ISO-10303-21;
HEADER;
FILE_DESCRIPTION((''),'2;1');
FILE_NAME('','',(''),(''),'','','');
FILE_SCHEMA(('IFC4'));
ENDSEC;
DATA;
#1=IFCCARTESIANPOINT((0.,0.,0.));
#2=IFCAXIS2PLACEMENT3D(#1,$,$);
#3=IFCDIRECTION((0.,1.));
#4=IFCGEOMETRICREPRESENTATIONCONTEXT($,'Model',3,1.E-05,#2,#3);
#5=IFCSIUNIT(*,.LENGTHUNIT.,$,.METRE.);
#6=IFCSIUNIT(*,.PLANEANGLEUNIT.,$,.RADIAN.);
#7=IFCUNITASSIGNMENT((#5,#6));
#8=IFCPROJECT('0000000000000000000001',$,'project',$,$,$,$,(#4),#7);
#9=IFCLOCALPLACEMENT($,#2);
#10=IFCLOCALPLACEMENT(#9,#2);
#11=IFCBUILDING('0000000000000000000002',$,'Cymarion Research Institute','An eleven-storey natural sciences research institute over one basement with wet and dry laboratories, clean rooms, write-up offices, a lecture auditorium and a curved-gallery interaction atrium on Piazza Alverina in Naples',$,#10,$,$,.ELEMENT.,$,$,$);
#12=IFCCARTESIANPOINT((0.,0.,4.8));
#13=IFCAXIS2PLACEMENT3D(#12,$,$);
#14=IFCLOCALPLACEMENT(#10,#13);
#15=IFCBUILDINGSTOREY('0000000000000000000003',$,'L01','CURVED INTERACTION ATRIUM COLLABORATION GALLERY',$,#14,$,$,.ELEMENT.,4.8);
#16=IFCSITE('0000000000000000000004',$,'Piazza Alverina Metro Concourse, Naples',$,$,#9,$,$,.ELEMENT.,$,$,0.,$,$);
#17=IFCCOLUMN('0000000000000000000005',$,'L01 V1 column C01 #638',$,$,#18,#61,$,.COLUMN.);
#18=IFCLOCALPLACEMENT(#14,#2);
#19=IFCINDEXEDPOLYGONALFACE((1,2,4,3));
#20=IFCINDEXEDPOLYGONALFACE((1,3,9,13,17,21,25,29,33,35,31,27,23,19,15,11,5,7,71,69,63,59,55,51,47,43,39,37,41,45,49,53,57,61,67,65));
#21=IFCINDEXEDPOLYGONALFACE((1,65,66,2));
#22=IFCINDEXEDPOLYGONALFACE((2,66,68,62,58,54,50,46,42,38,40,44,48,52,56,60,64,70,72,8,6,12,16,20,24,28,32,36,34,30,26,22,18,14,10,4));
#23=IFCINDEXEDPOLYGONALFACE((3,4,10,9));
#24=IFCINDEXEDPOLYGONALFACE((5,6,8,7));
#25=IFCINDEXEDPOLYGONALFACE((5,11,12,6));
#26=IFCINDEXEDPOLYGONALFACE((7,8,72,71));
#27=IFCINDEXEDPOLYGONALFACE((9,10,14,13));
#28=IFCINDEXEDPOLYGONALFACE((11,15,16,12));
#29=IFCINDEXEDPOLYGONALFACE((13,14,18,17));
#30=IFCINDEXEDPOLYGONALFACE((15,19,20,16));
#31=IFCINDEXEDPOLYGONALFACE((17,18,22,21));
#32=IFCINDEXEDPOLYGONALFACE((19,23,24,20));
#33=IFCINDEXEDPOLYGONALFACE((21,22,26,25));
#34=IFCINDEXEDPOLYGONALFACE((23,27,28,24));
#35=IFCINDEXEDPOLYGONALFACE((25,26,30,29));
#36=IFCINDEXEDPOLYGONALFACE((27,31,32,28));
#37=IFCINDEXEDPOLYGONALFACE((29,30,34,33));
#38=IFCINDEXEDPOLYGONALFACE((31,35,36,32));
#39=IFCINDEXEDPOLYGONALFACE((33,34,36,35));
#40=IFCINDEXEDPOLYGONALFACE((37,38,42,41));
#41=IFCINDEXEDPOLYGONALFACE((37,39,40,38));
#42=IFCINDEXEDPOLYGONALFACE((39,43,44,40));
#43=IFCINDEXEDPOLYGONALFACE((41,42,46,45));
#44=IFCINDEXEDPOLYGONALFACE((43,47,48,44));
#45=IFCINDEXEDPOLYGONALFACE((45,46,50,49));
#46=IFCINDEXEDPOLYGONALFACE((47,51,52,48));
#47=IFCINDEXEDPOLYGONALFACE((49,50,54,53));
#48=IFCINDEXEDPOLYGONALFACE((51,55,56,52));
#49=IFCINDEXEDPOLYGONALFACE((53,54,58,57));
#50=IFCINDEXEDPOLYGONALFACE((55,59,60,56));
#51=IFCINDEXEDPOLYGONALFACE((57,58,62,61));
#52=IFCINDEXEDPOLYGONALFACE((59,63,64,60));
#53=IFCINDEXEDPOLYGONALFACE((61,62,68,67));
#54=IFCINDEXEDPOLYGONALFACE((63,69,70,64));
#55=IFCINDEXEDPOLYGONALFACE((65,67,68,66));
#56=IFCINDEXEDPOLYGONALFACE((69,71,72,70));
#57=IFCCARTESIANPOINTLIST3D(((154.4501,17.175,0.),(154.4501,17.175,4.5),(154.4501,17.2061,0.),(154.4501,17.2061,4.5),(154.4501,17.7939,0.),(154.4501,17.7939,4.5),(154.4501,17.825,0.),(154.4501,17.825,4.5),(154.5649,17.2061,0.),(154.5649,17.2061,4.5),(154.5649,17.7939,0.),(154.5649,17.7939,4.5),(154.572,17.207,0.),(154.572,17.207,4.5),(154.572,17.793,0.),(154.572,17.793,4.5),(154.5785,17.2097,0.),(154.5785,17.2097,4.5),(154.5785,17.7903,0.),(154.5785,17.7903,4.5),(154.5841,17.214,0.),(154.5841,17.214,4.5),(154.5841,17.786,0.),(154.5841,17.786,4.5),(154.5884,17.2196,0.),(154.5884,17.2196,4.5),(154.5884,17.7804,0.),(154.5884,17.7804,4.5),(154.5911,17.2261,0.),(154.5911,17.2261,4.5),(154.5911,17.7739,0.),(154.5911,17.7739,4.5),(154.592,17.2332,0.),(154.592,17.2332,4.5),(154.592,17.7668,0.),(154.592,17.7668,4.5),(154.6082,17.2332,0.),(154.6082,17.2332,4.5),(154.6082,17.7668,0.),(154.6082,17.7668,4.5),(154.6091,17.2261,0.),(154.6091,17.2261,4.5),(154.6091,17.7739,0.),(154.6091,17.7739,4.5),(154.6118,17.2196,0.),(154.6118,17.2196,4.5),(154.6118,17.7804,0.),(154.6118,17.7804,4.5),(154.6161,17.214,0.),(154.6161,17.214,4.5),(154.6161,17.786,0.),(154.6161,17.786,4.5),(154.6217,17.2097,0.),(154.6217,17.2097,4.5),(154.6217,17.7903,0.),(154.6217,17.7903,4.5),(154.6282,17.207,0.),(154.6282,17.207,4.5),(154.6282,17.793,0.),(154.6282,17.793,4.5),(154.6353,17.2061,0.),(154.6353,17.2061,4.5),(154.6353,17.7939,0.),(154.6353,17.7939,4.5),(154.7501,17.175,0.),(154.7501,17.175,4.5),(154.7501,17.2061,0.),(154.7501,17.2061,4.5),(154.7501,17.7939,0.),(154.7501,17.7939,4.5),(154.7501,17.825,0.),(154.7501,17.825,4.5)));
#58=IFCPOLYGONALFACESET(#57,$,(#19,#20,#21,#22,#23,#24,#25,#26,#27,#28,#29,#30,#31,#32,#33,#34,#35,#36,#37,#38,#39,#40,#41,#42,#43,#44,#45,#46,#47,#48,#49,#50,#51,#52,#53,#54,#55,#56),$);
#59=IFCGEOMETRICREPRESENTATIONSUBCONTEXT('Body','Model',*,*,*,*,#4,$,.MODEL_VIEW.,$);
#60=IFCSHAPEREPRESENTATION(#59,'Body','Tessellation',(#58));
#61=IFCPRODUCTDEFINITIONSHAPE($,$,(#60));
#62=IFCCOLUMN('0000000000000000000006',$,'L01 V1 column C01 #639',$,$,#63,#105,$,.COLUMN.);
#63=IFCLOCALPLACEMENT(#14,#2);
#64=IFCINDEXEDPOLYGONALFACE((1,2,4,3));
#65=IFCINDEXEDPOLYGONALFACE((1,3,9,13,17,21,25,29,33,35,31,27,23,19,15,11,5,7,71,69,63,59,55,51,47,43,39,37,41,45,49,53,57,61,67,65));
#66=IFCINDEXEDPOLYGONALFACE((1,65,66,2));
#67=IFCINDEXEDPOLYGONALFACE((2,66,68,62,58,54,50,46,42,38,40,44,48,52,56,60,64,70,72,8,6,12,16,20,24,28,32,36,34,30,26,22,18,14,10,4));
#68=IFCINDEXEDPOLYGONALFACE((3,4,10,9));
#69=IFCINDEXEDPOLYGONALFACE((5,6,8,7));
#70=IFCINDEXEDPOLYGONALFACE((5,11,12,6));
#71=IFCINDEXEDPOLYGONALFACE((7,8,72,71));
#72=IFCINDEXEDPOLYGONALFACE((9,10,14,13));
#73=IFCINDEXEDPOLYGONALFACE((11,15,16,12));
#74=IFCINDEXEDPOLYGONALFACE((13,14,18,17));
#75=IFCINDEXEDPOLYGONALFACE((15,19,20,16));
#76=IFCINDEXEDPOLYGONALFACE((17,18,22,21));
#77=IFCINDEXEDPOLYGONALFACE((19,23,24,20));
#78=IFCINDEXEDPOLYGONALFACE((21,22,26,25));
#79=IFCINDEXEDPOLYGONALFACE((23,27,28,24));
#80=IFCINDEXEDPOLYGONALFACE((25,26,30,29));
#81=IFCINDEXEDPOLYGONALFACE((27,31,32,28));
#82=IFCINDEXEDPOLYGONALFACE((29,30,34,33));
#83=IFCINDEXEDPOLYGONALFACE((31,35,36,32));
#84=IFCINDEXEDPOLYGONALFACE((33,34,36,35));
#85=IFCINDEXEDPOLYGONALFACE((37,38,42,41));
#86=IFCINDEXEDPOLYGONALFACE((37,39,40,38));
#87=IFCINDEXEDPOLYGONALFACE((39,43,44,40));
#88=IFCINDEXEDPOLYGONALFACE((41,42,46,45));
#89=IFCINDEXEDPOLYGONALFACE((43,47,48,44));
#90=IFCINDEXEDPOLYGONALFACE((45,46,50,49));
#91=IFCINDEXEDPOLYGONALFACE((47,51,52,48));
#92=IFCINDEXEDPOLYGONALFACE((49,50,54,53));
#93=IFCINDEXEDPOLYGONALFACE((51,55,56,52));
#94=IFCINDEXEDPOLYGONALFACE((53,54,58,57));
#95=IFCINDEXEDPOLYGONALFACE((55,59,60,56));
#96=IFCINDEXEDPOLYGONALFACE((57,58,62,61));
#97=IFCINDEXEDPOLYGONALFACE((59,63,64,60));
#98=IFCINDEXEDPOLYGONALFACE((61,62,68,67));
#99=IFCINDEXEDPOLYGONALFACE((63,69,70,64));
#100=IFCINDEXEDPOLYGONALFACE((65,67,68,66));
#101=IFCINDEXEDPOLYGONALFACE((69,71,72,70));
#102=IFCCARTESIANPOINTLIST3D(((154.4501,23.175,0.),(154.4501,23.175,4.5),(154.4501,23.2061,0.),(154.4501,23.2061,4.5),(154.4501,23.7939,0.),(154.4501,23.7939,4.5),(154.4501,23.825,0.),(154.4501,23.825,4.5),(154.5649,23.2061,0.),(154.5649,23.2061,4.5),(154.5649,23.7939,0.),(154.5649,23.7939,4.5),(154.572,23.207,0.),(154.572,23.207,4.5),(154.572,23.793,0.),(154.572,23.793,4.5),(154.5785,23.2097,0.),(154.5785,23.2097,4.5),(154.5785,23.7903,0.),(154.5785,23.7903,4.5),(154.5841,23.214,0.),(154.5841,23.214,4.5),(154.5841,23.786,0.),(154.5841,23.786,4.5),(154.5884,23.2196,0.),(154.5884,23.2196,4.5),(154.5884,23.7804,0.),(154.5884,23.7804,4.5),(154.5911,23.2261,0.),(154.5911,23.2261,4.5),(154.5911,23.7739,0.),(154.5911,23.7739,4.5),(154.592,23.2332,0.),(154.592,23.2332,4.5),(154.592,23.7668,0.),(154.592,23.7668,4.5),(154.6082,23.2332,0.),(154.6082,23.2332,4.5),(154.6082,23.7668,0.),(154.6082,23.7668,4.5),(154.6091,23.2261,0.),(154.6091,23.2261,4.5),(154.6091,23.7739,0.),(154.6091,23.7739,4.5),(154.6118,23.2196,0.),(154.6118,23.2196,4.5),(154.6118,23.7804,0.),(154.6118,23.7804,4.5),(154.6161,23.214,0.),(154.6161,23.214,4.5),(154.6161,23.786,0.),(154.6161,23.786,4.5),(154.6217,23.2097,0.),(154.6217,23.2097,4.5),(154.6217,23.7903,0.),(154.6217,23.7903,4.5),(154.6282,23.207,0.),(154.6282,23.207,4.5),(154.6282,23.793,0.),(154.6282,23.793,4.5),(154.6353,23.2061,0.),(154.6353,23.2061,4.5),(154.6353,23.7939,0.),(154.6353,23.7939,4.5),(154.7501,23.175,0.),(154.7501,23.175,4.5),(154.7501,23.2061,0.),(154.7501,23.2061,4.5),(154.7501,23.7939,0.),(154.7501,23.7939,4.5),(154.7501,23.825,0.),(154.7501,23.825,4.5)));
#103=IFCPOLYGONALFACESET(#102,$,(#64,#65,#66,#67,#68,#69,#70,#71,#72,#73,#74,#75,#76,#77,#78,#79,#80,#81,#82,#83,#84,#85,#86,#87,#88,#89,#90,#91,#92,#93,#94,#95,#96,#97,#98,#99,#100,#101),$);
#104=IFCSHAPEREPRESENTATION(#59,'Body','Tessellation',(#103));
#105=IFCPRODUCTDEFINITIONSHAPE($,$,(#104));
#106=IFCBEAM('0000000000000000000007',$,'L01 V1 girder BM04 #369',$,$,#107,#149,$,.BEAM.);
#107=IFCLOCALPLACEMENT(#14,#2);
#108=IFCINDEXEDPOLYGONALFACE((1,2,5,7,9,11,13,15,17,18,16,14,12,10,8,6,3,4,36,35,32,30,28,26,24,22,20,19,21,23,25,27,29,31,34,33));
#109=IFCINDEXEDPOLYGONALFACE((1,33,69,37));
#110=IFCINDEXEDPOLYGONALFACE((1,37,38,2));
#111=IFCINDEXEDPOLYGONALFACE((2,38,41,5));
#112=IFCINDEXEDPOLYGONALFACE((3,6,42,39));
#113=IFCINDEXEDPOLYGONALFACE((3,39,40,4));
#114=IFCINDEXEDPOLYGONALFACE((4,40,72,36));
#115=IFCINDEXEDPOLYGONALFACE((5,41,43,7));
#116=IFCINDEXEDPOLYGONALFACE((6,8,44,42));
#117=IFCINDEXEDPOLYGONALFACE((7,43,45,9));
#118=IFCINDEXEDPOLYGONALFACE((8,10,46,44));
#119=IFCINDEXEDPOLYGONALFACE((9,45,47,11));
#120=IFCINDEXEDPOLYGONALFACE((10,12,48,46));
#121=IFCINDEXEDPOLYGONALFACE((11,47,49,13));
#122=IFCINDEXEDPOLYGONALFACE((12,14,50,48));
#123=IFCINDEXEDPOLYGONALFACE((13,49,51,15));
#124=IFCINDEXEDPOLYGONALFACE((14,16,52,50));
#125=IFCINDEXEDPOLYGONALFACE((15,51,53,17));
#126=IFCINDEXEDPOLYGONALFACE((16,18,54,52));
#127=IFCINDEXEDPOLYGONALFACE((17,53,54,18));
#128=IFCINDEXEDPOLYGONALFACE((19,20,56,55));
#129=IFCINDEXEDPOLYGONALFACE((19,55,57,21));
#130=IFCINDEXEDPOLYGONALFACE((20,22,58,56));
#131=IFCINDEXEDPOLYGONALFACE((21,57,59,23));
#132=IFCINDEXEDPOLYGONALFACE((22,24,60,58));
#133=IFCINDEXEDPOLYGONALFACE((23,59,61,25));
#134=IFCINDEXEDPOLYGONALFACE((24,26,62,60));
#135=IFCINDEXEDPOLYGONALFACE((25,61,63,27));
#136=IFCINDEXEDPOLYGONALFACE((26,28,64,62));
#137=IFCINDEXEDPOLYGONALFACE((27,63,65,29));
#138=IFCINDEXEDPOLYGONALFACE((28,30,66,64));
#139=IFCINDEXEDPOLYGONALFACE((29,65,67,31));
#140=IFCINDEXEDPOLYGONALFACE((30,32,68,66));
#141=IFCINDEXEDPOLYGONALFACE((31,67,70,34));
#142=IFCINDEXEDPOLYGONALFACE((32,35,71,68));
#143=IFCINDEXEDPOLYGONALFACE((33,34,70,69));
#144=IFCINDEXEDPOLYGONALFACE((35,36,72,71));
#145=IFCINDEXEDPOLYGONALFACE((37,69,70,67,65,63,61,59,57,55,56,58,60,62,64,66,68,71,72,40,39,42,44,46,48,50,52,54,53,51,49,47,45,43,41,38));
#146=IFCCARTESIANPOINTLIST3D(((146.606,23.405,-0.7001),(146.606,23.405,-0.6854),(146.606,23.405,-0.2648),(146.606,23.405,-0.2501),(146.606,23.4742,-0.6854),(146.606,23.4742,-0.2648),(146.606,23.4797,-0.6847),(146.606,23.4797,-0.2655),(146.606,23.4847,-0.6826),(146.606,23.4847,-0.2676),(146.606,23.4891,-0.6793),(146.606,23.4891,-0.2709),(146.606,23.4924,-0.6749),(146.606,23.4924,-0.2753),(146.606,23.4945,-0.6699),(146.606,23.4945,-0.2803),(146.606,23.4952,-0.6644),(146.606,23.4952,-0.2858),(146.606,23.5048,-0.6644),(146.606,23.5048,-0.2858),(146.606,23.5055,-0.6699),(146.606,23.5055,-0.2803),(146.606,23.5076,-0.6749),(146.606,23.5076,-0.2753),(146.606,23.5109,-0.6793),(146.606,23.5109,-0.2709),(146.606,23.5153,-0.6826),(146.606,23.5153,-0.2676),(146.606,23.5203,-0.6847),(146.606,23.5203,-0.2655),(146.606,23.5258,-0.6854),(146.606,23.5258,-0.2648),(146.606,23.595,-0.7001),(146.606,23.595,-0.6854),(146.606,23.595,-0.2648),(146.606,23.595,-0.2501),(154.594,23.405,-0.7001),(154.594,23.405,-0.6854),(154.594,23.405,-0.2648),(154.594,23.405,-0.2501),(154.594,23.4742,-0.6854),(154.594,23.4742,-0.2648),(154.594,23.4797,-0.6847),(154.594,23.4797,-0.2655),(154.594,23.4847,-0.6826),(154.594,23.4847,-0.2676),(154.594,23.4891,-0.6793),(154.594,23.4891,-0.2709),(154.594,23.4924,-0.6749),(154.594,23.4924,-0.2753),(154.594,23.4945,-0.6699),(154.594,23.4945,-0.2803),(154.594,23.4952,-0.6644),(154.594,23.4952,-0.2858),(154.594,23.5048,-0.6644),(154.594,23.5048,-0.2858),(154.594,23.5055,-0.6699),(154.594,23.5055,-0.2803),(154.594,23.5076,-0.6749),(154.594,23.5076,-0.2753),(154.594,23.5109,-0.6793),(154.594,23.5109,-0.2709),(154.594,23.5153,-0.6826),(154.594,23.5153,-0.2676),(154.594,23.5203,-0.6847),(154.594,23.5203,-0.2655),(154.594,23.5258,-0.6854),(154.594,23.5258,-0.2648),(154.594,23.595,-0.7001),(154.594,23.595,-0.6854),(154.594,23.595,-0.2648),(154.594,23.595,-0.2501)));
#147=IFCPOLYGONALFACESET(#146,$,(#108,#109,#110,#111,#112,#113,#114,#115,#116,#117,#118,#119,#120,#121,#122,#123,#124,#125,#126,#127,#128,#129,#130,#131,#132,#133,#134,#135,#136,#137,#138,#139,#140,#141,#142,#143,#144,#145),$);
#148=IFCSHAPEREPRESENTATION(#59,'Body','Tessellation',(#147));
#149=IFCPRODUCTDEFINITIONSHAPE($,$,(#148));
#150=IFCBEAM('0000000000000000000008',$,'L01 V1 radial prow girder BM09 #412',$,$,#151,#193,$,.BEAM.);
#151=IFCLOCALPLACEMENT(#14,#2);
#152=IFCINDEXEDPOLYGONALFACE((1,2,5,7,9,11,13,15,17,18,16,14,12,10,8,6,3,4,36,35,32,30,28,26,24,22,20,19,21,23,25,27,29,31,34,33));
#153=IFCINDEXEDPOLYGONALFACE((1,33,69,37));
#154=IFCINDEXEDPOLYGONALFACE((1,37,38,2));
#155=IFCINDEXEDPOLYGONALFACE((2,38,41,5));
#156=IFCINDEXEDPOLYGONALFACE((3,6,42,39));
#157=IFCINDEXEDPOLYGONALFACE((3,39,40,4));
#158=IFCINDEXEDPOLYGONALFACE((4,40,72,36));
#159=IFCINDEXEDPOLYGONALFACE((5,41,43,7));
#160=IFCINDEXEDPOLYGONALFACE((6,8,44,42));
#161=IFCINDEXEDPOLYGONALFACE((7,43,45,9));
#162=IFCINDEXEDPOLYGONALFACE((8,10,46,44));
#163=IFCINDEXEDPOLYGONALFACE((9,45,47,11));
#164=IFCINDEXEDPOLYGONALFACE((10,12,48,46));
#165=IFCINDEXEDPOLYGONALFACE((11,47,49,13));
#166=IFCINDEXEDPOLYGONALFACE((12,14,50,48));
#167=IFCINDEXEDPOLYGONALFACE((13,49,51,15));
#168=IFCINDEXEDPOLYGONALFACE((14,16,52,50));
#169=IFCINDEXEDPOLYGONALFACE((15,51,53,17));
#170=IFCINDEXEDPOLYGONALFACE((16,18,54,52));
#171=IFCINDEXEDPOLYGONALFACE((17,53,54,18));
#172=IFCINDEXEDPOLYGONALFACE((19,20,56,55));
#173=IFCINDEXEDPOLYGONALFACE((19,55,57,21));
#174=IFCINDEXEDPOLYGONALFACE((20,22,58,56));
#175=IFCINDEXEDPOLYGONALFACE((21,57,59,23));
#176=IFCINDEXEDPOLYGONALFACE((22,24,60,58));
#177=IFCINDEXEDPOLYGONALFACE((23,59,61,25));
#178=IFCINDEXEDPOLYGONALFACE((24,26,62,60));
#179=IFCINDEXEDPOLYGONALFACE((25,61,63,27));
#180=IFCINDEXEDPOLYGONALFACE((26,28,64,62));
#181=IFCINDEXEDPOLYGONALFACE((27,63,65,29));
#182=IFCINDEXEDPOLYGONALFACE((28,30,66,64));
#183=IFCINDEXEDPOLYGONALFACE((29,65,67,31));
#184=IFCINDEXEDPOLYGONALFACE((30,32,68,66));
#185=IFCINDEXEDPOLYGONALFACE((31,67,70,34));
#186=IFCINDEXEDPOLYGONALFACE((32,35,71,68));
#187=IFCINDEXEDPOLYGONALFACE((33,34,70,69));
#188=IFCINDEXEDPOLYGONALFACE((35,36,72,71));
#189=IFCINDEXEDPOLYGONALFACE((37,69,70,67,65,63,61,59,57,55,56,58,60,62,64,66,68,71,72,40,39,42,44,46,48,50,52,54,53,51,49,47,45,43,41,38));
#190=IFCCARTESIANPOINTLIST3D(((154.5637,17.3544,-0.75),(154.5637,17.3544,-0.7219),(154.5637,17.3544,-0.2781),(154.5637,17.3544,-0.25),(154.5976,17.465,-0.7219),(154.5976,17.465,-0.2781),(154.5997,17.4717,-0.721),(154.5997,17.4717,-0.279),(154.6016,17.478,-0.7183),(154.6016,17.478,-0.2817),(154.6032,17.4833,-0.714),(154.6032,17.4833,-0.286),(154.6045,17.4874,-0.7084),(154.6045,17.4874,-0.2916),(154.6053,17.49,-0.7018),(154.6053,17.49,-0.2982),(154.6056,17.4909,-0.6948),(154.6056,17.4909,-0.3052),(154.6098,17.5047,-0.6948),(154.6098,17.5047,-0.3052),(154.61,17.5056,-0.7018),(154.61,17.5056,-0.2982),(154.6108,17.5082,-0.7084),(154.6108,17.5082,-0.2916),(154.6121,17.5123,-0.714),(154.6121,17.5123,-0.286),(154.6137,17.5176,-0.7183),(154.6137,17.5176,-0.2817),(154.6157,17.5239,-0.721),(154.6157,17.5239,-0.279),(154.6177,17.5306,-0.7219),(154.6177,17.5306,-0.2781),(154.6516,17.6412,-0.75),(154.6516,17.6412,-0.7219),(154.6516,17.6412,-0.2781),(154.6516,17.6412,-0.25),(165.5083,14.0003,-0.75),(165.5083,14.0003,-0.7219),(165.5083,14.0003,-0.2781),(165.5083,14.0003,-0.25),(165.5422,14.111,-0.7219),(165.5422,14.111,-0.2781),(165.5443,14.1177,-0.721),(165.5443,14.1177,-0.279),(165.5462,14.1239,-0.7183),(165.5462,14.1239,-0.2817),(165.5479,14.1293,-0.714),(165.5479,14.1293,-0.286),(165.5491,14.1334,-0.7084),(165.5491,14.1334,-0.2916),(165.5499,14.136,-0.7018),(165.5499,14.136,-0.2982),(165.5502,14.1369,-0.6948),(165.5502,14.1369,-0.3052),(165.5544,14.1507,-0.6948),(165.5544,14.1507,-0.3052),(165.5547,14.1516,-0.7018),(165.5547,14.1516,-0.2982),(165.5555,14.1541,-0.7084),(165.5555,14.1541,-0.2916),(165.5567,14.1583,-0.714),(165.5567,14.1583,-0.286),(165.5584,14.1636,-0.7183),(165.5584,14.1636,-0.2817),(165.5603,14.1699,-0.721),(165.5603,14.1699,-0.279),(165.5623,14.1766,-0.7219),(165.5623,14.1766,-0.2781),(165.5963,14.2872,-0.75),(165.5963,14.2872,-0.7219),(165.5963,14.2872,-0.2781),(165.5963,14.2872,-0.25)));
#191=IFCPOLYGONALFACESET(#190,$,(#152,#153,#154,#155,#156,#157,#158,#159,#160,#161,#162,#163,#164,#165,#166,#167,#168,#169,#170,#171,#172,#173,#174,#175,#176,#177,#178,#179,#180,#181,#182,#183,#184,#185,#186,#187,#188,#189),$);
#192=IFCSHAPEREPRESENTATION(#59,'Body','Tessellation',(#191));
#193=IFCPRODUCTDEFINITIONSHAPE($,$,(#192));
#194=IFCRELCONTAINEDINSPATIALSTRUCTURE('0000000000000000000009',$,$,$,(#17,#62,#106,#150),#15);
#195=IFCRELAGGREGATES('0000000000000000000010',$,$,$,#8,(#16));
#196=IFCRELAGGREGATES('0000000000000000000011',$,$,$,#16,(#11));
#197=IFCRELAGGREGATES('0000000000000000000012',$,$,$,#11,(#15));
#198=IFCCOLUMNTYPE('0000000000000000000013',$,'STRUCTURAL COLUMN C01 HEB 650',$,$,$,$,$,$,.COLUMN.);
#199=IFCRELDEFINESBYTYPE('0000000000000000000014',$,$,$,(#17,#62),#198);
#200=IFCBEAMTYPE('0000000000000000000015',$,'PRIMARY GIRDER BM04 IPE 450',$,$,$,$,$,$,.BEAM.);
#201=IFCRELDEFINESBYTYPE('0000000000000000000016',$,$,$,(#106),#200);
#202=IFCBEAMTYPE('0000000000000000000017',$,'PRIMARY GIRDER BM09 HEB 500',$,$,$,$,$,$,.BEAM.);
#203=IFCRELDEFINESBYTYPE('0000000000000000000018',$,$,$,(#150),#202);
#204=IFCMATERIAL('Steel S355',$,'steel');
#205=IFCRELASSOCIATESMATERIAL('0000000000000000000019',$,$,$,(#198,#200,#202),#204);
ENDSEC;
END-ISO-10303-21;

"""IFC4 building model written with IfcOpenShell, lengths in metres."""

from ifc_helpers import new_model, si_unit, direction, frame, origin, origin_2d, place, context, subcontext, project, spatial, i_section, extrude, material, material_profile, profile_set, type_object, element, save


model = new_model("IFC4")

# Units and contexts
model_context = context("Model", 3, precision=1e-05, world=origin(), true_north=direction((0.0, 1.0)))
body_context = subcontext(model_context, "Body", "Model", "MODEL_VIEW")
ifc_project = project(units=[si_unit("LENGTHUNIT", "METRE"), si_unit("PLANEANGLEUNIT", "RADIAN")], contexts=[model_context])

# Site, building, storey
site_placement = place(None, origin())
site = spatial("IfcSite", under=ifc_project, at=site_placement, Name="Piazza Alverina Metro Concourse, Naples", CompositionType="ELEMENT", RefElevation=0.0)
building_placement = place(site_placement, origin())
building = spatial("IfcBuilding", under=site, at=building_placement, Name="Cymarion Research Institute", Description="An eleven-storey natural sciences research institute over one basement with wet and dry laboratories, clean rooms, write-up offices, a lecture auditorium and a curved-gallery interaction atrium on Piazza Alverina in Naples", CompositionType="ELEMENT")
storey_placement = place(building_placement, frame((0.0, 0.0, 4.8)))
storey = spatial("IfcBuildingStorey", under=building, at=storey_placement, Name="L01", Description="CURVED INTERACTION ATRIUM COLLABORATION GALLERY", CompositionType="ELEMENT", Elevation=4.8)

# Columns
ifc_material_1 = material(Name="Steel S355", Category="steel")
ifc_material_profile_1 = material_profile(ifc_material_1, i_section(OverallWidth=0.3, OverallDepth=0.6499, WebThickness=0.0161, FlangeThickness=0.031, FilletRadius=0.0271, at=origin_2d()), Name="HEB 650")
ifc_profile_set_1 = profile_set([ifc_material_profile_1], Name="Steel S355")
column_type = type_object("IfcColumnType", Name="STRUCTURAL COLUMN C01 HEB 650", PredefinedType="COLUMN", material=ifc_profile_set_1)
for number, where, z_axis, x_axis, name in (
    (1, (154.6001, 17.5, 0.0), (0.0, 0.0, 1.0), (1.0, 0.0, 0.0), "L01 V1 column C01 #638"),
    (2, (154.6001, 23.5, 0.0), (0.0, 0.0, 1.0), (1.0, 0.0, 0.0), "L01 V1 column C01 #639"),
):
    element("IfcColumn", number, at=place(storey_placement, frame(where, z_axis=z_axis, x_axis=x_axis)), inside=storey, type_object=column_type, Name=name, PredefinedType="COLUMN", context=body_context, shape_type="SweptSolid", body=[
        extrude(i_section(OverallWidth=0.3, OverallDepth=0.6499, WebThickness=0.0161, FlangeThickness=0.031, FilletRadius=0.0271, at=origin_2d()), origin(), (0.0, 0.0, 1.0), 4.5),
    ])

# Beams
ifc_material_profile_2 = material_profile(ifc_material_1, i_section(OverallWidth=0.1899, OverallDepth=0.45, WebThickness=0.0095, FlangeThickness=0.0146, FilletRadius=0.021, at=origin_2d()), Name="IPE 450")
ifc_profile_set_2 = profile_set([ifc_material_profile_2], Name="Steel S355")
beam_type_1 = type_object("IfcBeamType", Name="PRIMARY GIRDER BM04 IPE 450", PredefinedType="BEAM", material=ifc_profile_set_2)
beam_1_placement = place(storey_placement, frame((146.606, 23.5, -0.4751), z_axis=(1.0, 0.0, 0.0), x_axis=(0.0, 1.0, 0.0)))
element("IfcBeam", 3, at=beam_1_placement, inside=storey, type_object=beam_type_1, Name="L01 V1 girder BM04 #369", PredefinedType="BEAM", context=body_context, shape_type="SweptSolid", body=[
    extrude(i_section(OverallWidth=0.1899, OverallDepth=0.45, WebThickness=0.0095, FlangeThickness=0.0146, FilletRadius=0.021, at=origin_2d()), origin(), (0.0, 0.0, 1.0), 7.988),
])
ifc_material_profile_3 = material_profile(ifc_material_1, i_section(OverallWidth=0.3, OverallDepth=0.5, WebThickness=0.0144, FlangeThickness=0.0281, FilletRadius=0.0271, at=origin_2d()), Name="HEB 500")
ifc_profile_set_3 = profile_set([ifc_material_profile_3], Name="Steel S355")
beam_type_2 = type_object("IfcBeamType", Name="PRIMARY GIRDER BM09 HEB 500", PredefinedType="BEAM", material=ifc_profile_set_3)
beam_2_placement = place(storey_placement, frame((154.6077, 17.4978, -0.5), z_axis=(0.956111, -0.293004, 0.0), x_axis=(0.293004, 0.956111, 0.0)))
element("IfcBeam", 4, at=beam_2_placement, inside=storey, type_object=beam_type_2, Name="L01 V1 radial prow girder BM09 #412", PredefinedType="BEAM", context=body_context, shape_type="SweptSolid", body=[
    extrude(i_section(OverallWidth=0.3, OverallDepth=0.5, WebThickness=0.0144, FlangeThickness=0.0281, FilletRadius=0.0271, at=origin_2d()), origin(), (0.0, 0.0, 1.0), 11.447),
])

save(model, "model.ifc")
